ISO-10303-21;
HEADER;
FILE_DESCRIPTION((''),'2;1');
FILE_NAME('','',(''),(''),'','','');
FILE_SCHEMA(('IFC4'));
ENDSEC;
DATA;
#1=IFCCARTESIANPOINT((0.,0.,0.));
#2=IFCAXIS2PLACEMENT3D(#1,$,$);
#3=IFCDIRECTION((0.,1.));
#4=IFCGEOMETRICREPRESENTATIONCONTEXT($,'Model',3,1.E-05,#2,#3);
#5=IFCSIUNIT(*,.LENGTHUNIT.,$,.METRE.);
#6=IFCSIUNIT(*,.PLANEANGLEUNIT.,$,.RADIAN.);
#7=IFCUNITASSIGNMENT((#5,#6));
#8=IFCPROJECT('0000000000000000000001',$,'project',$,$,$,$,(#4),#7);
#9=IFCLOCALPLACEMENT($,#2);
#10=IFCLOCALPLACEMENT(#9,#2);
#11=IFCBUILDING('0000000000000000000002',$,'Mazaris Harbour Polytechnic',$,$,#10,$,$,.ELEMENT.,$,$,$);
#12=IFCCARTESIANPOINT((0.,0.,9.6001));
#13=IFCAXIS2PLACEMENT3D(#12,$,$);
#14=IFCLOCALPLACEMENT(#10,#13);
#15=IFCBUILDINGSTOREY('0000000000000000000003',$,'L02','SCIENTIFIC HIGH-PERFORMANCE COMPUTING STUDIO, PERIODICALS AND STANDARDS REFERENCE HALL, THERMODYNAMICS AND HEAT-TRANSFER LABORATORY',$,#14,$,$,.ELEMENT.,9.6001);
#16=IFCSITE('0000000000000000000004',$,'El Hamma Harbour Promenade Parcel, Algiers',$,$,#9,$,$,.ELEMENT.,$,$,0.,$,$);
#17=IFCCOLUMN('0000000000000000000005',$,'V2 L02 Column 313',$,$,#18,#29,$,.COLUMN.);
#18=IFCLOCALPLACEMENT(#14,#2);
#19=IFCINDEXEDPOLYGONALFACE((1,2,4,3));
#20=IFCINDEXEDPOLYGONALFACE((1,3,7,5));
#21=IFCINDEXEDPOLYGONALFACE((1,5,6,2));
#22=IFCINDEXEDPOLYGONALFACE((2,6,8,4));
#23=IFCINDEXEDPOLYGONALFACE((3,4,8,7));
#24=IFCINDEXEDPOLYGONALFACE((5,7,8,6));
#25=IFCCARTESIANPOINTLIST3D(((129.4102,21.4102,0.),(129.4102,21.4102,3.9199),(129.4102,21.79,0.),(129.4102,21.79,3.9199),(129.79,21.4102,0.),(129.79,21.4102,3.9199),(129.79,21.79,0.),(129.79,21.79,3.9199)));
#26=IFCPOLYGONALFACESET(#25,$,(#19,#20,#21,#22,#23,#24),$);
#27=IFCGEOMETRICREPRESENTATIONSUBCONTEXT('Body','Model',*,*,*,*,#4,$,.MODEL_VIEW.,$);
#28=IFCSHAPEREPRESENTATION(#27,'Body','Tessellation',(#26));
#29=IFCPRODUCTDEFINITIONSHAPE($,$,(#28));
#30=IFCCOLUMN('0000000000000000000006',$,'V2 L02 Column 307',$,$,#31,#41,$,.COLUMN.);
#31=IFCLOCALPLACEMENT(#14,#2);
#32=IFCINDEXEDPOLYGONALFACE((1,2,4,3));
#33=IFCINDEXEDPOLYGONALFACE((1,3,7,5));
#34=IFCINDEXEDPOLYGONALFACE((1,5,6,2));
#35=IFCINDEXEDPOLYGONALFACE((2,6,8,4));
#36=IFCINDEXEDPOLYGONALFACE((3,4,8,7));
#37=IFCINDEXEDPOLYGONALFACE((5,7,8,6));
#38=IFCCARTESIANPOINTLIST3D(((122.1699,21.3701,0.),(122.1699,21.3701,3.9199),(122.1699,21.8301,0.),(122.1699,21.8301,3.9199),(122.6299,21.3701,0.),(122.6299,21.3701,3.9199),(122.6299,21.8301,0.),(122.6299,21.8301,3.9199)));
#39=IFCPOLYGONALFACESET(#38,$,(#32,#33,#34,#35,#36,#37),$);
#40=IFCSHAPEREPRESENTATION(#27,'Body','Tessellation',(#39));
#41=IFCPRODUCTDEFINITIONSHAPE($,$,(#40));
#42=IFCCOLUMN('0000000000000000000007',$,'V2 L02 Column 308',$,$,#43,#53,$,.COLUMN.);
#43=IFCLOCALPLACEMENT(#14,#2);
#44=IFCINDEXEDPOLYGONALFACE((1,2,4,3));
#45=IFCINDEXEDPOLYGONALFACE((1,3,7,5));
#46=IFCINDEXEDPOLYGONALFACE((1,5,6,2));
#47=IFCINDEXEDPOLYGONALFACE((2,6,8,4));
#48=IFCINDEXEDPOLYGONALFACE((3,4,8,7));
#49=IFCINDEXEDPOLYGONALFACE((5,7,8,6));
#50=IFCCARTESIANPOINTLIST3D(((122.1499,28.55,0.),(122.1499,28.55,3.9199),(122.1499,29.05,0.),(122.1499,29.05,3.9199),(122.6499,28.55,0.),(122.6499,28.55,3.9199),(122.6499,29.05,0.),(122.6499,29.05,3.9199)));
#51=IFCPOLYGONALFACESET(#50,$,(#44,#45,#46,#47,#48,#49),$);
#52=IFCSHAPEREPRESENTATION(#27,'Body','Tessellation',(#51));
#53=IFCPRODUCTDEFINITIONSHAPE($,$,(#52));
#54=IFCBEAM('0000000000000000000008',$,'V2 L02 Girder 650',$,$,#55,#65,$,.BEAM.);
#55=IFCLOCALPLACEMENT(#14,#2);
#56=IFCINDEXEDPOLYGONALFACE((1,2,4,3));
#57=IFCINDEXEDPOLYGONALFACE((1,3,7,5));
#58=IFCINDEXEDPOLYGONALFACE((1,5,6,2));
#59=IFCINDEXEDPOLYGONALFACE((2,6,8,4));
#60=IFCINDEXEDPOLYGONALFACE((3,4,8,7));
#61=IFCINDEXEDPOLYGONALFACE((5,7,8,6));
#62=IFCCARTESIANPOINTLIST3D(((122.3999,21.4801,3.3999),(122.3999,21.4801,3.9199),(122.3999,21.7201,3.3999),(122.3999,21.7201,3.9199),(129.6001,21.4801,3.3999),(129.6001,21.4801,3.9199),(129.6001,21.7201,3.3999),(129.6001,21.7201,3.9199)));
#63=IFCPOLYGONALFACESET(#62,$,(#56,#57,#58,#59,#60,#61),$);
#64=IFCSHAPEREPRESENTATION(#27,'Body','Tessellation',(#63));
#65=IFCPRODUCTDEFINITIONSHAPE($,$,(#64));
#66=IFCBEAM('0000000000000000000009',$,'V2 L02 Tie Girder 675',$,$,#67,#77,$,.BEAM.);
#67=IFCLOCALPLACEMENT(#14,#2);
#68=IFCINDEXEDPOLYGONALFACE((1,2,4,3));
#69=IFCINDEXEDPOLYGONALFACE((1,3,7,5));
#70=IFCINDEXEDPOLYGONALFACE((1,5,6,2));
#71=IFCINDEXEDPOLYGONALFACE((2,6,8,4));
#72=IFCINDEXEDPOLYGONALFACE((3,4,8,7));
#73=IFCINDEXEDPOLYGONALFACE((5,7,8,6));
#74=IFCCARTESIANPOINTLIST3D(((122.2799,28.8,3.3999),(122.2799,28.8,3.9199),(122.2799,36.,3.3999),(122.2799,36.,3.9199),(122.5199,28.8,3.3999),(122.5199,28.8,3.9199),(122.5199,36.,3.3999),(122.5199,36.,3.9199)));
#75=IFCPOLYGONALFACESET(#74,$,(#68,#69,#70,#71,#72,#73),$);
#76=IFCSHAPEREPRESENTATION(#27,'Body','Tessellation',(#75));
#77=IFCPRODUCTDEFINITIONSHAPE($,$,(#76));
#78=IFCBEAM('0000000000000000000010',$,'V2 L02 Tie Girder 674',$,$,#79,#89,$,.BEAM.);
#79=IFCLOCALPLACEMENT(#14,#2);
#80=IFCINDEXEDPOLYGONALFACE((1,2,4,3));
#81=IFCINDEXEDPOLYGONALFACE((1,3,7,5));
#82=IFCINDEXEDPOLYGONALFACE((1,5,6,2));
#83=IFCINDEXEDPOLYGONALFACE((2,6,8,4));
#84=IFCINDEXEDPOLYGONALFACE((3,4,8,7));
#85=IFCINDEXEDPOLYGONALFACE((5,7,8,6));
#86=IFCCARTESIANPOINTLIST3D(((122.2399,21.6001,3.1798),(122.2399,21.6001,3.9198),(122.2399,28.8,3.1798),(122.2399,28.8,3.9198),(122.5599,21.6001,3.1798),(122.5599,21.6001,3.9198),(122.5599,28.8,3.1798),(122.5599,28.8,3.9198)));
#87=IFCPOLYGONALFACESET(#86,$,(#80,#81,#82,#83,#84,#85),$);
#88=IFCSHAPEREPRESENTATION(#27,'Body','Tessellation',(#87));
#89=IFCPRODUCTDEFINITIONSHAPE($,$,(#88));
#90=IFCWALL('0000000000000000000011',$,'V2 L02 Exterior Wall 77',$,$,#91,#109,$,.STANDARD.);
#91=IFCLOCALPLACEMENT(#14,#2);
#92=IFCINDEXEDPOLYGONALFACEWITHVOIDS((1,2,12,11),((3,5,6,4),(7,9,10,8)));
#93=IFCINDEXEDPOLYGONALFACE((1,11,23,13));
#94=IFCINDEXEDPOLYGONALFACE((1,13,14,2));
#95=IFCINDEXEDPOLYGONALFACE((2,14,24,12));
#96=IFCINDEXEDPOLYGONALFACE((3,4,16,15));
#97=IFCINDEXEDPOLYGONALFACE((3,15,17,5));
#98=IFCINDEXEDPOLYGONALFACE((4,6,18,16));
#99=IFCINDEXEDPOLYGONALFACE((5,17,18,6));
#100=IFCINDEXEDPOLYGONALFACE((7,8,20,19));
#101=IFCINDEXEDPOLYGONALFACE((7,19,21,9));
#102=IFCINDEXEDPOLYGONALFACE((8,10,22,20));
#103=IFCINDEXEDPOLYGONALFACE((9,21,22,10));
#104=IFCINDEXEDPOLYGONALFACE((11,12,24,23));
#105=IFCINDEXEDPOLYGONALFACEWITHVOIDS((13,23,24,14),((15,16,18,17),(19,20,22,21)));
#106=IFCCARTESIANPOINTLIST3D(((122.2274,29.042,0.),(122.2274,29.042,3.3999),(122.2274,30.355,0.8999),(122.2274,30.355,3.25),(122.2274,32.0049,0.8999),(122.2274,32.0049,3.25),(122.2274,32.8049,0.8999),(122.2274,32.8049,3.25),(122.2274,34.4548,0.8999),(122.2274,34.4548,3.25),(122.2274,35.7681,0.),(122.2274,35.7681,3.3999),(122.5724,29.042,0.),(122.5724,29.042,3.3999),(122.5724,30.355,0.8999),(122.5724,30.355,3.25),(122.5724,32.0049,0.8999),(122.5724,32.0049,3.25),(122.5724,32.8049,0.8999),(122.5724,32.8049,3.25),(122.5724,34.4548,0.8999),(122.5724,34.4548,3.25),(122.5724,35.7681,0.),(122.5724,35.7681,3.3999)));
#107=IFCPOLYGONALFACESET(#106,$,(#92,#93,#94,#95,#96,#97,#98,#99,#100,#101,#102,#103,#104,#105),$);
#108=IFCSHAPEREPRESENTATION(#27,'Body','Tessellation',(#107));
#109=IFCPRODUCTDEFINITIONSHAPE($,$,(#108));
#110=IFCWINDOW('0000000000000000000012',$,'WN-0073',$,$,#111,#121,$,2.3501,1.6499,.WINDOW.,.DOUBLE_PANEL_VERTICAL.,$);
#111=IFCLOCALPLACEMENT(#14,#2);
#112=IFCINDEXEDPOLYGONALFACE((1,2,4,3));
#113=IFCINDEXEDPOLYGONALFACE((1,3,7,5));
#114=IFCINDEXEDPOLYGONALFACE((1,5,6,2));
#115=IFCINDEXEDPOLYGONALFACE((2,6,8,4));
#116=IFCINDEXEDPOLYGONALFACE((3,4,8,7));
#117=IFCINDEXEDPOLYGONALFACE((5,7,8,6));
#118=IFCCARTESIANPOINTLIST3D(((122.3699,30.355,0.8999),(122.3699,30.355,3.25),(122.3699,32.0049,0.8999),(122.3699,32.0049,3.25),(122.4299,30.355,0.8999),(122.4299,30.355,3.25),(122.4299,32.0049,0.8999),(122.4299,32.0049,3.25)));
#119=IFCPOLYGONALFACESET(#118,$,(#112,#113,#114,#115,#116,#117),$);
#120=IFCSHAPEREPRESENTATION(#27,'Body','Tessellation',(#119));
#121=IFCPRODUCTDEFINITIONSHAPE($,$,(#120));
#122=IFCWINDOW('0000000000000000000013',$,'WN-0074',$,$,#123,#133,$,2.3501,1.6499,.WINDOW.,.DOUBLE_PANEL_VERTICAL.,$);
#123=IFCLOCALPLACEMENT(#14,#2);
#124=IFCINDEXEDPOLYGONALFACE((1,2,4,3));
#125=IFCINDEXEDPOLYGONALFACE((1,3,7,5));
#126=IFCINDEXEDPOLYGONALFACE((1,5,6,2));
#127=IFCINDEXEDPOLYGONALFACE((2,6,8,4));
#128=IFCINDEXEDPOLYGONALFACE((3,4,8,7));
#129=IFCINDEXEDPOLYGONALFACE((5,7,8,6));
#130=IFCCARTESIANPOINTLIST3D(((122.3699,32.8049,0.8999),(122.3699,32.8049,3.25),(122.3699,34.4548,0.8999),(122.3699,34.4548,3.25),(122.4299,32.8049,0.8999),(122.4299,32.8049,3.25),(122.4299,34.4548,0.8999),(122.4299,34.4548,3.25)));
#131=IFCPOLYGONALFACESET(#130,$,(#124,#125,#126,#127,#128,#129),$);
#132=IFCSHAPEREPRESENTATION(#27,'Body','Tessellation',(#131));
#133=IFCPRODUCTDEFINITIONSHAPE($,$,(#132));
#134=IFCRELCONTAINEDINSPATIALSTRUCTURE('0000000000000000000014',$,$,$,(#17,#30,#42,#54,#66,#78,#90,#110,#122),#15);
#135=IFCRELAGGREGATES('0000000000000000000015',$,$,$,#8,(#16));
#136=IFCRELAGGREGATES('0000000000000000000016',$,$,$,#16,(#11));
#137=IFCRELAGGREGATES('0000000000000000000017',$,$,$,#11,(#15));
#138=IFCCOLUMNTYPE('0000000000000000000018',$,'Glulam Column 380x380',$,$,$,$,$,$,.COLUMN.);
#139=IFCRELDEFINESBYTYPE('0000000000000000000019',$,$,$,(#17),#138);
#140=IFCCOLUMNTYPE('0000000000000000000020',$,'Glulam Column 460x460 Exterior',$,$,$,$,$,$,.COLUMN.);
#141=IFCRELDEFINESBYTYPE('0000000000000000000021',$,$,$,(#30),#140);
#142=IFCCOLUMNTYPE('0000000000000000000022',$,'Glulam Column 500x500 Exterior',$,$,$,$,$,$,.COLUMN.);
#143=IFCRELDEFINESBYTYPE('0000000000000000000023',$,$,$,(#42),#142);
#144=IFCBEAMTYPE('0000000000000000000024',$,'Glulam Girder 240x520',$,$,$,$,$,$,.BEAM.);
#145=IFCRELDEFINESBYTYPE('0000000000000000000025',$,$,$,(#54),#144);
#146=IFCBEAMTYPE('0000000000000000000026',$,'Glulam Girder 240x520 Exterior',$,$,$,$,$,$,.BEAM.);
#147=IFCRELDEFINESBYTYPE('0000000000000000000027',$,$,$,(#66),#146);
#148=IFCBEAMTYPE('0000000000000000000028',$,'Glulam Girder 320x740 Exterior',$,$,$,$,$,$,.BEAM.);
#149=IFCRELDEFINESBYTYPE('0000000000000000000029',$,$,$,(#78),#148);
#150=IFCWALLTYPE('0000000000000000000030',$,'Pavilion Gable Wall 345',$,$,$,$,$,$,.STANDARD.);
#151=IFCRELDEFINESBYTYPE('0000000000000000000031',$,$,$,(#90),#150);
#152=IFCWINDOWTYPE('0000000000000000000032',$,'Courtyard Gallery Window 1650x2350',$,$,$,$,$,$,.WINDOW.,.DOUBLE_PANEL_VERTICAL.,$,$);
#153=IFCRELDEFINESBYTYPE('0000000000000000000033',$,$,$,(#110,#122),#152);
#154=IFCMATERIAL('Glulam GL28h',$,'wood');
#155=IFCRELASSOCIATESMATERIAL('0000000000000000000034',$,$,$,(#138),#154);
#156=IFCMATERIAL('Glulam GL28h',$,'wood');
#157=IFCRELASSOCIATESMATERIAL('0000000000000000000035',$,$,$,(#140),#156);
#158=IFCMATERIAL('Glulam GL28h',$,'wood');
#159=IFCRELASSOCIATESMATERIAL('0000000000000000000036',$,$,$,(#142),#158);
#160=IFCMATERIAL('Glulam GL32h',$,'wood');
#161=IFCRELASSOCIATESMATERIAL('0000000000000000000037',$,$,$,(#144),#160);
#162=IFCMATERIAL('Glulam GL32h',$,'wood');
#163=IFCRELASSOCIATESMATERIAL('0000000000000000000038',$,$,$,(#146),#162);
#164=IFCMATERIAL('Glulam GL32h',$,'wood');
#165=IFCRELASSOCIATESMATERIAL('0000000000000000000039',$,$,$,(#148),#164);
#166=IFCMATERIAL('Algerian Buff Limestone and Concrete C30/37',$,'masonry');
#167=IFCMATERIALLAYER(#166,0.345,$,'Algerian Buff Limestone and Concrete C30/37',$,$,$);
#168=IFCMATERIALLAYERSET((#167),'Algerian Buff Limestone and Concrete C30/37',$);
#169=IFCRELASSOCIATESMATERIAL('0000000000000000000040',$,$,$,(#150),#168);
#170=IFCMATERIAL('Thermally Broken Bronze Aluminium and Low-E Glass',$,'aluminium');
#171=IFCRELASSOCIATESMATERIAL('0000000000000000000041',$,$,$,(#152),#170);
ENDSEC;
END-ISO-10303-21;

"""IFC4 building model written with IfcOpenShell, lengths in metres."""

from ifc_helpers import new_model, si_unit, direction, frame, frame_2d, origin, origin_2d, place, context, subcontext, project, spatial, rectangle, extrude, material, layer, layer_set, material_profile, profile_set, type_object, element, fill, save


model = new_model("IFC4")

# Units and contexts
model_context = context("Model", 3, precision=1e-05, world=origin(), true_north=direction((0.0, 1.0)))
body_context = subcontext(model_context, "Body", "Model", "MODEL_VIEW")
ifc_project = project(units=[si_unit("LENGTHUNIT", "METRE"), si_unit("PLANEANGLEUNIT", "RADIAN")], contexts=[model_context])

# Site, building, storey
site_placement = place(None, origin())
site = spatial("IfcSite", under=ifc_project, at=site_placement, Name="El Hamma Harbour Promenade Parcel, Algiers", CompositionType="ELEMENT", RefElevation=0.0)
building_placement = place(site_placement, origin())
building = spatial("IfcBuilding", under=site, at=building_placement, Name="Mazaris Harbour Polytechnic", CompositionType="ELEMENT")
storey_placement = place(building_placement, frame((0.0, 0.0, 9.6001)))
storey = spatial("IfcBuildingStorey", under=building, at=storey_placement, Name="L02", Description="SCIENTIFIC HIGH-PERFORMANCE COMPUTING STUDIO, PERIODICALS AND STANDARDS REFERENCE HALL, THERMODYNAMICS AND HEAT-TRANSFER LABORATORY", CompositionType="ELEMENT", Elevation=9.6001)

# Columns
ifc_material_1 = material(Name="Glulam GL28h", Category="wood")
ifc_material_profile_1 = material_profile(ifc_material_1, rectangle(XDim=0.3799, YDim=0.3799, at=origin_2d()), Name="RECT380x380")
ifc_profile_set_1 = profile_set([ifc_material_profile_1], Name="Glulam GL28h")
column_type_1 = type_object("IfcColumnType", Name="Glulam Column 380x380", PredefinedType="COLUMN", material=ifc_profile_set_1)
column_1_placement = place(storey_placement, frame((129.6001, 21.6001, 0.0), z_axis=(0.0, 0.0, 1.0), x_axis=(1.0, 0.0, 0.0)))
element("IfcColumn", 1, at=column_1_placement, inside=storey, type_object=column_type_1, Name="V2 L02 Column 313", PredefinedType="COLUMN", context=body_context, shape_type="SweptSolid", body=[
    extrude(rectangle(XDim=0.3799, YDim=0.3799, at=origin_2d()), origin(), (0.0, 0.0, 1.0), 3.9199),
])
ifc_material_2 = material(Name="Glulam GL28h", Category="wood")
ifc_material_profile_2 = material_profile(ifc_material_2, rectangle(XDim=0.46, YDim=0.46, at=origin_2d()), Name="RECT460x460")
ifc_profile_set_2 = profile_set([ifc_material_profile_2], Name="Glulam GL28h")
column_type_2 = type_object("IfcColumnType", Name="Glulam Column 460x460 Exterior", PredefinedType="COLUMN", material=ifc_profile_set_2)
column_2_placement = place(storey_placement, frame((122.3999, 21.6001, 0.0), z_axis=(0.0, 0.0, 1.0), x_axis=(1.0, 0.0, 0.0)))
element("IfcColumn", 2, at=column_2_placement, inside=storey, type_object=column_type_2, Name="V2 L02 Column 307", PredefinedType="COLUMN", context=body_context, shape_type="SweptSolid", body=[
    extrude(rectangle(XDim=0.46, YDim=0.46, at=origin_2d()), origin(), (0.0, 0.0, 1.0), 3.9199),
])
ifc_material_3 = material(Name="Glulam GL28h", Category="wood")
ifc_material_profile_3 = material_profile(ifc_material_3, rectangle(XDim=0.5, YDim=0.5, at=origin_2d()), Name="RECT500x500")
ifc_profile_set_3 = profile_set([ifc_material_profile_3], Name="Glulam GL28h")
column_type_3 = type_object("IfcColumnType", Name="Glulam Column 500x500 Exterior", PredefinedType="COLUMN", material=ifc_profile_set_3)
column_3_placement = place(storey_placement, frame((122.3999, 28.8, 0.0), z_axis=(0.0, 0.0, 1.0), x_axis=(1.0, 0.0, 0.0)))
element("IfcColumn", 3, at=column_3_placement, inside=storey, type_object=column_type_3, Name="V2 L02 Column 308", PredefinedType="COLUMN", context=body_context, shape_type="SweptSolid", body=[
    extrude(rectangle(XDim=0.5, YDim=0.5, at=origin_2d()), origin(), (0.0, 0.0, 1.0), 3.9199),
])

# Beams
ifc_material_4 = material(Name="Glulam GL32h", Category="wood")
ifc_material_profile_4 = material_profile(ifc_material_4, rectangle(XDim=0.24, YDim=0.52, at=origin_2d()), Name="RECT240x520")
ifc_profile_set_4 = profile_set([ifc_material_profile_4], Name="Glulam GL32h")
beam_type_1 = type_object("IfcBeamType", Name="Glulam Girder 240x520", PredefinedType="BEAM", material=ifc_profile_set_4)
beam_1_placement = place(storey_placement, frame((122.3999, 21.6001, 3.6599), z_axis=(1.0, 0.0, 0.0), x_axis=(0.0, 1.0, 0.0)))
element("IfcBeam", 4, at=beam_1_placement, inside=storey, type_object=beam_type_1, Name="V2 L02 Girder 650", PredefinedType="BEAM", context=body_context, shape_type="SweptSolid", body=[
    extrude(rectangle(XDim=0.24, YDim=0.52, at=origin_2d()), origin(), (0.0, 0.0, 1.0), 7.2002),
])
ifc_material_5 = material(Name="Glulam GL32h", Category="wood")
ifc_material_profile_5 = material_profile(ifc_material_5, rectangle(XDim=0.24, YDim=0.52, at=origin_2d()), Name="RECT240x520")
ifc_profile_set_5 = profile_set([ifc_material_profile_5], Name="Glulam GL32h")
beam_type_2 = type_object("IfcBeamType", Name="Glulam Girder 240x520 Exterior", PredefinedType="BEAM", material=ifc_profile_set_5)
beam_2_placement = place(storey_placement, frame((122.3999, 28.8, 3.6599), z_axis=(0.0, 1.0, 0.0), x_axis=(-1.0, 0.0, 0.0)))
element("IfcBeam", 5, at=beam_2_placement, inside=storey, type_object=beam_type_2, Name="V2 L02 Tie Girder 675", PredefinedType="BEAM", context=body_context, shape_type="SweptSolid", body=[
    extrude(rectangle(XDim=0.24, YDim=0.52, at=origin_2d()), origin(), (0.0, 0.0, 1.0), 7.2),
])
ifc_material_6 = material(Name="Glulam GL32h", Category="wood")
ifc_material_profile_6 = material_profile(ifc_material_6, rectangle(XDim=0.3201, YDim=0.74, at=origin_2d()), Name="RECT320x740")
ifc_profile_set_6 = profile_set([ifc_material_profile_6], Name="Glulam GL32h")
beam_type_3 = type_object("IfcBeamType", Name="Glulam Girder 320x740 Exterior", PredefinedType="BEAM", material=ifc_profile_set_6)
beam_3_placement = place(storey_placement, frame((122.3999, 21.6001, 3.5498), z_axis=(0.0, 1.0, 0.0), x_axis=(-1.0, 0.0, 0.0)))
element("IfcBeam", 6, at=beam_3_placement, inside=storey, type_object=beam_type_3, Name="V2 L02 Tie Girder 674", PredefinedType="BEAM", context=body_context, shape_type="SweptSolid", body=[
    extrude(rectangle(XDim=0.3201, YDim=0.74, at=origin_2d()), origin(), (0.0, 0.0, 1.0), 7.2),
])

# Wall, openings, windows
ifc_material_7 = material(Name="Algerian Buff Limestone and Concrete C30/37", Category="masonry")
ifc_layer_1 = layer(ifc_material_7, 0.345, Name="Algerian Buff Limestone and Concrete C30/37")
ifc_layer_set_1 = layer_set([ifc_layer_1], Name="Algerian Buff Limestone and Concrete C30/37")
wall_type_1 = type_object("IfcWallType", Name="Pavilion Gable Wall 345", PredefinedType="STANDARD", material=ifc_layer_set_1)
wall_1_placement = place(storey_placement, frame((122.3999, 29.042, 0.0), z_axis=(0.0, 0.0, 1.0), x_axis=(0.0, 1.0, 0.0)))
wall_1 = element("IfcWall", 7, at=wall_1_placement, inside=storey, type_object=wall_type_1, Name="V2 L02 Exterior Wall 77", PredefinedType="STANDARD", context=body_context, shape_type="SweptSolid", body=[
    extrude(rectangle(XDim=6.7261, YDim=0.345, at=frame_2d((3.363, 0.0))), origin(), (0.0, 0.0, 1.0), 3.3999),
])
opening_1_placement = place(wall_1_placement, frame((1.313, 0.0, 0.8999)))
opening_1 = element("IfcOpeningElement", 8, at=opening_1_placement, cuts=wall_1, PredefinedType="OPENING", context=body_context, shape_type="SweptSolid", body=[
    extrude(rectangle(XDim=1.6499, YDim=2.3501, at=frame_2d((0.825, 1.175))), frame((0.0, 0.1824, 0.0), z_axis=(0.0, -1.0, 0.0), x_axis=(1.0, 0.0, 0.0)), (0.0, 0.0, 1.0), 0.365),
])
opening_2_placement = place(wall_1_placement, frame((3.7629, 0.0, 0.8999)))
opening_2 = element("IfcOpeningElement", 9, at=opening_2_placement, cuts=wall_1, PredefinedType="OPENING", context=body_context, shape_type="SweptSolid", body=[
    extrude(rectangle(XDim=1.6499, YDim=2.3501, at=frame_2d((0.825, 1.175))), frame((0.0, 0.1824, 0.0), z_axis=(0.0, -1.0, 0.0), x_axis=(1.0, 0.0, 0.0)), (0.0, 0.0, 1.0), 0.365),
])
ifc_material_8 = material(Name="Thermally Broken Bronze Aluminium and Low-E Glass", Category="aluminium")
window_type = type_object("IfcWindowType", Name="Courtyard Gallery Window 1650x2350", PartitioningType="DOUBLE_PANEL_VERTICAL", PredefinedType="WINDOW", material=ifc_material_8)
window_1_placement = place(opening_1_placement, origin())
window_1 = element("IfcWindow", 10, at=window_1_placement, inside=storey, type_object=window_type, Name="WN-0073", OverallHeight=2.3501, OverallWidth=1.6499, PartitioningType="DOUBLE_PANEL_VERTICAL", PredefinedType="WINDOW", context=body_context, shape_type="SweptSolid", body=[
    extrude(rectangle(XDim=1.6499, YDim=2.3501, at=frame_2d((0.825, 1.175))), frame((0.0, 0.03, 0.0), z_axis=(0.0, -1.0, 0.0), x_axis=(1.0, 0.0, 0.0)), (0.0, 0.0, 1.0), 0.0601),
])
fill(opening_1, window_1)
window_2_placement = place(opening_2_placement, origin())
window_2 = element("IfcWindow", 11, at=window_2_placement, inside=storey, type_object=window_type, Name="WN-0074", OverallHeight=2.3501, OverallWidth=1.6499, PartitioningType="DOUBLE_PANEL_VERTICAL", PredefinedType="WINDOW", context=body_context, shape_type="SweptSolid", body=[
    extrude(rectangle(XDim=1.6499, YDim=2.3501, at=frame_2d((0.825, 1.175))), frame((0.0, 0.03, 0.0), z_axis=(0.0, -1.0, 0.0), x_axis=(1.0, 0.0, 0.0)), (0.0, 0.0, 1.0), 0.0601),
])
fill(opening_2, window_2)

save(model, "model.ifc")
